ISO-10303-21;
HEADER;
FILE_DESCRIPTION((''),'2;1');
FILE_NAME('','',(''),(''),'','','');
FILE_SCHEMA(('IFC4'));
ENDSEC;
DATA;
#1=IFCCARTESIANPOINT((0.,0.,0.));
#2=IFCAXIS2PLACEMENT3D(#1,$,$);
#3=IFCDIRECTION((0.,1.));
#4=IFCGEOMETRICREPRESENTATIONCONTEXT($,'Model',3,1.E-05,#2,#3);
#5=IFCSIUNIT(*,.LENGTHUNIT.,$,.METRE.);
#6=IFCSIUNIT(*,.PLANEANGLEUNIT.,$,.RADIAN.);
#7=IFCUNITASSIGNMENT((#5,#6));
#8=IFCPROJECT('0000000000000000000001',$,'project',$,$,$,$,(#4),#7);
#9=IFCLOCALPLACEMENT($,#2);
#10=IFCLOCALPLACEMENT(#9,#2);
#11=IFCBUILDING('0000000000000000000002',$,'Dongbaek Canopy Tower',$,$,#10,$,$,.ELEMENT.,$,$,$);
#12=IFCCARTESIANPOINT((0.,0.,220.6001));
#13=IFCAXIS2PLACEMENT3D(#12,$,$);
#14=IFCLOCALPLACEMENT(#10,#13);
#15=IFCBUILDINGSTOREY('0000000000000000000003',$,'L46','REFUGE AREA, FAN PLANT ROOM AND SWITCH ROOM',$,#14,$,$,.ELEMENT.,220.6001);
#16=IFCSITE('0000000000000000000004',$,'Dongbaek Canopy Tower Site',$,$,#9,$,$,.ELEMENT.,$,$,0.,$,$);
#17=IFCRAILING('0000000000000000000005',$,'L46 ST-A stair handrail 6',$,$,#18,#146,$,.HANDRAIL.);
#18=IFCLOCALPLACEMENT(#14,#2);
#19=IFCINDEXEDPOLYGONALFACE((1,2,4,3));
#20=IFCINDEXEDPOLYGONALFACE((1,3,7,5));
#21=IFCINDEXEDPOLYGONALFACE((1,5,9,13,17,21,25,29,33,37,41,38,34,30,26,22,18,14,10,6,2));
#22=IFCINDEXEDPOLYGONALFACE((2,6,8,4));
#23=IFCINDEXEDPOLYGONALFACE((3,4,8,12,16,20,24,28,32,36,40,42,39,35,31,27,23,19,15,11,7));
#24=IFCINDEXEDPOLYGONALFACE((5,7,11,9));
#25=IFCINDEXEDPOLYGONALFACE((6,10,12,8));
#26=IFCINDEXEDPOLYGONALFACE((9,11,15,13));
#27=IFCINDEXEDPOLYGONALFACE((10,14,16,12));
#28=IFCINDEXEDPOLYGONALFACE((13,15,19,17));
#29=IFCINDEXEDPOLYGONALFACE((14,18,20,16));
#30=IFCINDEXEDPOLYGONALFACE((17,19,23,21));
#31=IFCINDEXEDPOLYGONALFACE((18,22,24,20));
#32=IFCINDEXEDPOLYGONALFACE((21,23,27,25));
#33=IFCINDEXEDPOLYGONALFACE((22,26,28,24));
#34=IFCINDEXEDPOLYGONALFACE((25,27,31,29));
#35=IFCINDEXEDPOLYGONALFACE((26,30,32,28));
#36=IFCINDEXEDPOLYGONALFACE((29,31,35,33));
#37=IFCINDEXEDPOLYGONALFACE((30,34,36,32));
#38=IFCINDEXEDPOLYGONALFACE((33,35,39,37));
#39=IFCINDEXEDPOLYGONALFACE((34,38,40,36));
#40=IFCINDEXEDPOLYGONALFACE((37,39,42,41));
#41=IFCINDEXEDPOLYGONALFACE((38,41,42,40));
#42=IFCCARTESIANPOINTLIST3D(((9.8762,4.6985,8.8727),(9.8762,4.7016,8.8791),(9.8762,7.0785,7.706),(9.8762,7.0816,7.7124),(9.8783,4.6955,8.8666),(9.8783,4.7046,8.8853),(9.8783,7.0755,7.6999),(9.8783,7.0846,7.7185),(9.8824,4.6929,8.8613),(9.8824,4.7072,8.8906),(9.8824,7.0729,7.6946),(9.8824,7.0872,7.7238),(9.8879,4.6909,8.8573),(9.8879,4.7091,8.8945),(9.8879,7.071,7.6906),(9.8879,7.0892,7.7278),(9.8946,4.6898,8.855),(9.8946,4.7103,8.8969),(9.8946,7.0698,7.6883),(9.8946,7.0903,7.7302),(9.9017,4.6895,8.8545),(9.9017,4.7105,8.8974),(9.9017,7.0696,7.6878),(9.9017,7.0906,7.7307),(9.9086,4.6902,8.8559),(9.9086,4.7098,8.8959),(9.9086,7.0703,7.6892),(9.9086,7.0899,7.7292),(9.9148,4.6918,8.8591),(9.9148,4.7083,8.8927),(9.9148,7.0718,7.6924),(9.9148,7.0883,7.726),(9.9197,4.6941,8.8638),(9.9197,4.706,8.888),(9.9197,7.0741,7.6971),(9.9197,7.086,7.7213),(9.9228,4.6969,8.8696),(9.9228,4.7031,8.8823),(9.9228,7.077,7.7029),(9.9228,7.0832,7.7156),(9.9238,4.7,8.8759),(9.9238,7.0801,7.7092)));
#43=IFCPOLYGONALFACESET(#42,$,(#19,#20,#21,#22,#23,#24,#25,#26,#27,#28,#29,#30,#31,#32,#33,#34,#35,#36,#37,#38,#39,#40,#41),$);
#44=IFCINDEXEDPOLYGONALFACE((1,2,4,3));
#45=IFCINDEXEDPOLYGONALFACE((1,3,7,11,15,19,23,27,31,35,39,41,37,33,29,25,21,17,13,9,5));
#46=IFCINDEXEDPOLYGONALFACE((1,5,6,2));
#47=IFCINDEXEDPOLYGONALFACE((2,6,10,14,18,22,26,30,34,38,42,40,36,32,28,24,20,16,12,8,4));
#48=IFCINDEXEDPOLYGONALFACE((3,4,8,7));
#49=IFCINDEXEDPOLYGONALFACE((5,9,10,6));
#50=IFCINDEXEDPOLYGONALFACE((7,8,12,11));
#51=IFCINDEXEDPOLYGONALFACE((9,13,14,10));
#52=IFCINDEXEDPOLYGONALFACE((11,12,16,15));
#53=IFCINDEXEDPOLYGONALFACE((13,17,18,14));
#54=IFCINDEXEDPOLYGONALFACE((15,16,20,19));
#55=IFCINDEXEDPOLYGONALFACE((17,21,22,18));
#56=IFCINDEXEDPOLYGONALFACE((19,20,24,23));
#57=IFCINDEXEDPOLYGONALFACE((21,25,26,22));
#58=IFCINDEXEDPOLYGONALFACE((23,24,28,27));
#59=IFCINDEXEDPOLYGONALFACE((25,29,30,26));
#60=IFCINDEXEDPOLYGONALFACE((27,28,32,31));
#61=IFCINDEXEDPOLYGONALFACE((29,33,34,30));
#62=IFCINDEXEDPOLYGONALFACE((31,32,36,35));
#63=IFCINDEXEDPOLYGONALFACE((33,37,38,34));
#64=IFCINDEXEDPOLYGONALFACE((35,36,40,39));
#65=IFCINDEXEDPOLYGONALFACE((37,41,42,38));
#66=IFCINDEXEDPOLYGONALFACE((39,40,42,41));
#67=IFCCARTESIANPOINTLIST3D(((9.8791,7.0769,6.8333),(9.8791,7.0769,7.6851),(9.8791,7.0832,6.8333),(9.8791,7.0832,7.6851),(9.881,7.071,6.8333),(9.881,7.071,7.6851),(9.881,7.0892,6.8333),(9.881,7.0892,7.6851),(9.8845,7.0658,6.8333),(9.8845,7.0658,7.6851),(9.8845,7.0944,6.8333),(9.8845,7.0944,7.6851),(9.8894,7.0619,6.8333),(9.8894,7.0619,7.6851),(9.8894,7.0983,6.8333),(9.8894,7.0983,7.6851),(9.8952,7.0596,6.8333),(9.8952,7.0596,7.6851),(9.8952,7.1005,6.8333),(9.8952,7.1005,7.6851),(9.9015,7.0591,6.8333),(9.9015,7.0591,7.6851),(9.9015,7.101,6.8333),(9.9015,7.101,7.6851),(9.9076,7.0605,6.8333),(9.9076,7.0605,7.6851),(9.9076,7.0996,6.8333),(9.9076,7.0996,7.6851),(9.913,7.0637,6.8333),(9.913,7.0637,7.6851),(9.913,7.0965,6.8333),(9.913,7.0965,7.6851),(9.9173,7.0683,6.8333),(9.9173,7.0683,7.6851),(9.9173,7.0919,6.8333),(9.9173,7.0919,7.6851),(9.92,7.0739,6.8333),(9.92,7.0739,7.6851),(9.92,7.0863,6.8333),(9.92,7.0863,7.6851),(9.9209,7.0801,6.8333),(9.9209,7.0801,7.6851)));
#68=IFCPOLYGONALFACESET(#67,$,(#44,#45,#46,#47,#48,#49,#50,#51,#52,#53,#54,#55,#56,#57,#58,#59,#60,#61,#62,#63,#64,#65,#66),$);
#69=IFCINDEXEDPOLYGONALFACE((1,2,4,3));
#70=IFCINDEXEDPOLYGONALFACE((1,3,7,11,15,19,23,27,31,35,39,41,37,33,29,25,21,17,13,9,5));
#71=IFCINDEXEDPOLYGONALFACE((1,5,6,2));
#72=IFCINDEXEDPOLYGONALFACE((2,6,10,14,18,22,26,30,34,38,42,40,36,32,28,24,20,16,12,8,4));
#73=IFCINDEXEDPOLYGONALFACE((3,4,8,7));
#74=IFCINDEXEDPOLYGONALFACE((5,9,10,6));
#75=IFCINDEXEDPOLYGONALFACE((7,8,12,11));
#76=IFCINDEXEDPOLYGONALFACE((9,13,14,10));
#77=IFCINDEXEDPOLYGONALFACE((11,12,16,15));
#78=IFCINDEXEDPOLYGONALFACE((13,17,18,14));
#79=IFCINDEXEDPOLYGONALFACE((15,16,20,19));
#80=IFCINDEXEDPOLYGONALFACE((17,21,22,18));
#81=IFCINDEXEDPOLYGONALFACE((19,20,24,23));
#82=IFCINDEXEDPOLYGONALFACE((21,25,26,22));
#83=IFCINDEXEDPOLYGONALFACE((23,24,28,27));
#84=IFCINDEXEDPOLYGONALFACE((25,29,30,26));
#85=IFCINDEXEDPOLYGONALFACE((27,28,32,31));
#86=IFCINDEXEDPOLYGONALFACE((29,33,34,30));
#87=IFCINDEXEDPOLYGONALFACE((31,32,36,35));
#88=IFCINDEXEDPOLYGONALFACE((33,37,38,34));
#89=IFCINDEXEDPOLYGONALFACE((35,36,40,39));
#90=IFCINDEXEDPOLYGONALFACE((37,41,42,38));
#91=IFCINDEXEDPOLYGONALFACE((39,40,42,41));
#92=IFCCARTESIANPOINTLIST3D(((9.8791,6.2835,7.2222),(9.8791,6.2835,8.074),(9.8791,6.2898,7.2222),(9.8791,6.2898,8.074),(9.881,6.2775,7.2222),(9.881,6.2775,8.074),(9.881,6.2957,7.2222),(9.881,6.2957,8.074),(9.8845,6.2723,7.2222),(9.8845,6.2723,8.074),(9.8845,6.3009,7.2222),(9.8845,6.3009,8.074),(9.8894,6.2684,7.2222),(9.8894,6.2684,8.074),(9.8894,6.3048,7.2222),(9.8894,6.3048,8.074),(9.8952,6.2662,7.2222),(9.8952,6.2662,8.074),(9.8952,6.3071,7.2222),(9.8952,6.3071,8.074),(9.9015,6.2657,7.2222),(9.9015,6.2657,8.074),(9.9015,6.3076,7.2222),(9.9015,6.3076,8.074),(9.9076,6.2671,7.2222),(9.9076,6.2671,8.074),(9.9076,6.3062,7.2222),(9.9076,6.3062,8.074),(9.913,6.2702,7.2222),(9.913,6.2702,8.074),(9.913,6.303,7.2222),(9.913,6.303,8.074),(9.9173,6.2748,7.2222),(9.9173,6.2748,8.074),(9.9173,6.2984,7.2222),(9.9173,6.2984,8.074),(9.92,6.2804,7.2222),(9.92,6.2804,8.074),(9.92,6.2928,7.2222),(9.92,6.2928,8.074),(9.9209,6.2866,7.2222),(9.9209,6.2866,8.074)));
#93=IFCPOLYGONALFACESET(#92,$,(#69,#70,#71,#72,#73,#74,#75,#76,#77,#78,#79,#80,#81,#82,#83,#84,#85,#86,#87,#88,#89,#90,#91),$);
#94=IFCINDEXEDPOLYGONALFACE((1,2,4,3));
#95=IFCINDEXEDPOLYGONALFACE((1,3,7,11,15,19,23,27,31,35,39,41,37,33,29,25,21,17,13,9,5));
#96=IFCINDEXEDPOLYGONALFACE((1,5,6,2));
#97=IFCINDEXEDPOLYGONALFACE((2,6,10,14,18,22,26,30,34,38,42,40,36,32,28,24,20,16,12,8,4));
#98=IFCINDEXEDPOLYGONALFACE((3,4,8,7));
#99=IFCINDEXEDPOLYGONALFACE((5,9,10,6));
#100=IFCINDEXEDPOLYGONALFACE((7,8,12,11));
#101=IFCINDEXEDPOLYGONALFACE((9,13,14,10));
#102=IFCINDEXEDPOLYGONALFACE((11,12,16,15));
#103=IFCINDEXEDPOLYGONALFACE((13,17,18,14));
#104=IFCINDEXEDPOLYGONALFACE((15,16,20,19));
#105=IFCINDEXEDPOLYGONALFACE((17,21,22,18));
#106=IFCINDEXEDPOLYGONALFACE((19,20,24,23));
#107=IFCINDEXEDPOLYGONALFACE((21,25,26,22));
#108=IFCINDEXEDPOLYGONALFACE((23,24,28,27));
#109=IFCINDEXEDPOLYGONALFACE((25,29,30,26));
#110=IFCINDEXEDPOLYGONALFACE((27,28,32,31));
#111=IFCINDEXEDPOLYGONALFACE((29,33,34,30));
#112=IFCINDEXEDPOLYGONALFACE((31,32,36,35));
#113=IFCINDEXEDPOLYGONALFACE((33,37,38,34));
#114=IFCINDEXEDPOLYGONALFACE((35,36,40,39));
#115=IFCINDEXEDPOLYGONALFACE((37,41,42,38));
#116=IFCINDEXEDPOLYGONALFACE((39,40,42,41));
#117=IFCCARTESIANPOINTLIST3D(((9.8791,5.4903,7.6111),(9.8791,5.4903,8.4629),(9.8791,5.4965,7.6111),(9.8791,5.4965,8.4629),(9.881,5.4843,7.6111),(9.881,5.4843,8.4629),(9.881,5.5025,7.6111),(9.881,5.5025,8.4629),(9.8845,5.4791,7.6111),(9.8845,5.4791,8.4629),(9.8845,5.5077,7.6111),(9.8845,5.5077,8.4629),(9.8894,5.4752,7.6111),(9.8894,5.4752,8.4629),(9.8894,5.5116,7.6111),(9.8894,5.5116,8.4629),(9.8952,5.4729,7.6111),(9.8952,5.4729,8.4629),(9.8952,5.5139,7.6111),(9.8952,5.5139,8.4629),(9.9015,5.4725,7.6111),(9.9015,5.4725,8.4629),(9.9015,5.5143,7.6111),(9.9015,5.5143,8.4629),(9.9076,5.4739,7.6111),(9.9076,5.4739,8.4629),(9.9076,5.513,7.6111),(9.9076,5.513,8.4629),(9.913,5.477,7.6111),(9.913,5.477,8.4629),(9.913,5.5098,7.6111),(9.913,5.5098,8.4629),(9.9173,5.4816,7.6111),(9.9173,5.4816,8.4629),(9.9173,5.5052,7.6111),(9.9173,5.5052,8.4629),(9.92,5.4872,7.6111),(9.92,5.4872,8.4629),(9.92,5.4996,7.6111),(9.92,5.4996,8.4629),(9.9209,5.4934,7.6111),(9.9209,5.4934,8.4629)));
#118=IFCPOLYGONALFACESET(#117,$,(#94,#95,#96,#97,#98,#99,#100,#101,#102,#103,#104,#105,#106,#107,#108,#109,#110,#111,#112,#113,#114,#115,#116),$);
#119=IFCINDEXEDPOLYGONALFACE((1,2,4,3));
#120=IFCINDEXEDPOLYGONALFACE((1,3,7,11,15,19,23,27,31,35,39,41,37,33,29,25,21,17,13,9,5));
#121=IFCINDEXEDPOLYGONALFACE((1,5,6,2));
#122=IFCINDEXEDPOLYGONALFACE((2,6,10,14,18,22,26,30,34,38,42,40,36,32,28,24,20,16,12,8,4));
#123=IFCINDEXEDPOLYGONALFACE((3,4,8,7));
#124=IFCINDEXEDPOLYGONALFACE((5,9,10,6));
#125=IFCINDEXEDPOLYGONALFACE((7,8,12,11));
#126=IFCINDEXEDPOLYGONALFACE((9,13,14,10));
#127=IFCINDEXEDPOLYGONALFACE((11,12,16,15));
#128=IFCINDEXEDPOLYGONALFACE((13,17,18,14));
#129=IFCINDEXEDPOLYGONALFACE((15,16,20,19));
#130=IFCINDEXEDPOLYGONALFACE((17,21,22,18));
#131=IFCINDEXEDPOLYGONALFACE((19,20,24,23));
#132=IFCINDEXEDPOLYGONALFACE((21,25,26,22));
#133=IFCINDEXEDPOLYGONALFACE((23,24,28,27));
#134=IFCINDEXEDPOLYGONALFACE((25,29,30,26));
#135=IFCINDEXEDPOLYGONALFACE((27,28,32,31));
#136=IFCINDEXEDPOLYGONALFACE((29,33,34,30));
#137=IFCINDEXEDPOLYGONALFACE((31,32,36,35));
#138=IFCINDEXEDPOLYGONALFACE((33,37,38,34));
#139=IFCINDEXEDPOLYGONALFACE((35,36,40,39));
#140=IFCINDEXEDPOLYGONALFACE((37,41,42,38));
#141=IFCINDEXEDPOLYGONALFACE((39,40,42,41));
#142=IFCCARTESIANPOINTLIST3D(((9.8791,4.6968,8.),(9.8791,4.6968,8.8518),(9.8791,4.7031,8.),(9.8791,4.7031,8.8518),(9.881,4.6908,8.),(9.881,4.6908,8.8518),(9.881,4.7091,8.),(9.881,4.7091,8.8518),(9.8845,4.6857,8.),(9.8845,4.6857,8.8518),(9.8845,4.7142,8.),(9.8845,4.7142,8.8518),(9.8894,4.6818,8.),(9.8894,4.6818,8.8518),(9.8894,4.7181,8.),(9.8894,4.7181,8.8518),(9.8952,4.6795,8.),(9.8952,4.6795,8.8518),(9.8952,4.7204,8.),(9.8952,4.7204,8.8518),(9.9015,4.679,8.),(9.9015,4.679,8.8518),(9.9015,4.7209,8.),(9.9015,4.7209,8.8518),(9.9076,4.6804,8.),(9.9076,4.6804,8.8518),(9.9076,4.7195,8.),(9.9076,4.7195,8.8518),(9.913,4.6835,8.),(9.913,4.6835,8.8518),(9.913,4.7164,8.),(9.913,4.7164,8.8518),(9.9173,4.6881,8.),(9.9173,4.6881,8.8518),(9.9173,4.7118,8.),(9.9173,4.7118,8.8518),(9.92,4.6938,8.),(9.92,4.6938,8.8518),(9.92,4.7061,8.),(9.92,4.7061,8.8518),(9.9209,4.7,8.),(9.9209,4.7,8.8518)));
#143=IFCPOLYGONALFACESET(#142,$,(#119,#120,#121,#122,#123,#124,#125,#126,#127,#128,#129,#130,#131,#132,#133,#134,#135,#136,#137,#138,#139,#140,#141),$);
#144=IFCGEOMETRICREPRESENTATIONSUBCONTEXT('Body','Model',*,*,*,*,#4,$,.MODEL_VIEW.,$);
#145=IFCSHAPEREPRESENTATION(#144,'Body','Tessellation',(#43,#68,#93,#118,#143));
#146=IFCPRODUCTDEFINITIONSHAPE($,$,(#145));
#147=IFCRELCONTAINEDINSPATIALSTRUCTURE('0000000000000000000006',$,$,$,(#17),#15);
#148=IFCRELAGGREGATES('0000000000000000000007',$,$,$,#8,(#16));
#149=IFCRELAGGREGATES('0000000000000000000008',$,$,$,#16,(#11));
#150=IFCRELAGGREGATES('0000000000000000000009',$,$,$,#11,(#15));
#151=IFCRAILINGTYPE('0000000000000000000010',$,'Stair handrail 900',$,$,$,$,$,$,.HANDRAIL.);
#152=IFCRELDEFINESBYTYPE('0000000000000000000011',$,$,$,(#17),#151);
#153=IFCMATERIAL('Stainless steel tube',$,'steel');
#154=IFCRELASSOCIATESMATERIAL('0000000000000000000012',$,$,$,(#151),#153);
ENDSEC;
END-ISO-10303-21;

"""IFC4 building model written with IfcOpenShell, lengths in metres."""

from ifc_helpers import new_model, si_unit, direction, frame, origin, origin_2d, place, context, subcontext, project, spatial, circle, extrude, material, type_object, element, save


model = new_model("IFC4")

# Units and contexts
model_context = context("Model", 3, precision=1e-05, world=origin(), true_north=direction((0.0, 1.0)))
body_context = subcontext(model_context, "Body", "Model", "MODEL_VIEW")
ifc_project = project(units=[si_unit("LENGTHUNIT", "METRE"), si_unit("PLANEANGLEUNIT", "RADIAN")], contexts=[model_context])

# Site, building, storey
site_placement = place(None, origin())
site = spatial("IfcSite", under=ifc_project, at=site_placement, Name="Dongbaek Canopy Tower Site", CompositionType="ELEMENT", RefElevation=0.0)
building_placement = place(site_placement, origin())
building = spatial("IfcBuilding", under=site, at=building_placement, Name="Dongbaek Canopy Tower", CompositionType="ELEMENT")
storey_placement = place(building_placement, frame((0.0, 0.0, 220.6001)))
storey = spatial("IfcBuildingStorey", under=building, at=storey_placement, Name="L46", Description="REFUGE AREA, FAN PLANT ROOM AND SWITCH ROOM", CompositionType="ELEMENT", Elevation=220.6001)

# Railing
ifc_material_1 = material(Name="Stainless steel tube", Category="steel")
railing_type = type_object("IfcRailingType", Name="Stair handrail 900", PredefinedType="HANDRAIL", material=ifc_material_1)
for number, where, name in (
    (1, (9.8999, 7.0801, 6.8333), "L46 ST-A stair handrail 6"),
):
    element("IfcRailing", number, at=place(storey_placement, frame(where)), inside=storey, type_object=railing_type, Name=name, PredefinedType="HANDRAIL", context=body_context, shape_type="SweptSolid", body=[
        extrude(circle(Radius=0.0239, at=origin_2d()), frame((0.0, 0.0, 0.876), z_axis=(0.0, -0.897918, 0.440163), x_axis=(1.0, 0.0, 0.0)), (0.0, 0.0, 1.0), 2.6506),
        extrude(circle(Radius=0.021, at=origin_2d()), origin(), (0.0, 0.0, 1.0), 0.8518),
        extrude(circle(Radius=0.021, at=origin_2d()), frame((0.0, -0.7935, 0.3889)), (0.0, 0.0, 1.0), 0.8518),
        extrude(circle(Radius=0.021, at=origin_2d()), frame((0.0, -1.5867, 0.7778)), (0.0, 0.0, 1.0), 0.8518),
        extrude(circle(Radius=0.021, at=origin_2d()), frame((0.0, -2.3801, 1.1667)), (0.0, 0.0, 1.0), 0.8518),
    ])

save(model, "model.ifc")
